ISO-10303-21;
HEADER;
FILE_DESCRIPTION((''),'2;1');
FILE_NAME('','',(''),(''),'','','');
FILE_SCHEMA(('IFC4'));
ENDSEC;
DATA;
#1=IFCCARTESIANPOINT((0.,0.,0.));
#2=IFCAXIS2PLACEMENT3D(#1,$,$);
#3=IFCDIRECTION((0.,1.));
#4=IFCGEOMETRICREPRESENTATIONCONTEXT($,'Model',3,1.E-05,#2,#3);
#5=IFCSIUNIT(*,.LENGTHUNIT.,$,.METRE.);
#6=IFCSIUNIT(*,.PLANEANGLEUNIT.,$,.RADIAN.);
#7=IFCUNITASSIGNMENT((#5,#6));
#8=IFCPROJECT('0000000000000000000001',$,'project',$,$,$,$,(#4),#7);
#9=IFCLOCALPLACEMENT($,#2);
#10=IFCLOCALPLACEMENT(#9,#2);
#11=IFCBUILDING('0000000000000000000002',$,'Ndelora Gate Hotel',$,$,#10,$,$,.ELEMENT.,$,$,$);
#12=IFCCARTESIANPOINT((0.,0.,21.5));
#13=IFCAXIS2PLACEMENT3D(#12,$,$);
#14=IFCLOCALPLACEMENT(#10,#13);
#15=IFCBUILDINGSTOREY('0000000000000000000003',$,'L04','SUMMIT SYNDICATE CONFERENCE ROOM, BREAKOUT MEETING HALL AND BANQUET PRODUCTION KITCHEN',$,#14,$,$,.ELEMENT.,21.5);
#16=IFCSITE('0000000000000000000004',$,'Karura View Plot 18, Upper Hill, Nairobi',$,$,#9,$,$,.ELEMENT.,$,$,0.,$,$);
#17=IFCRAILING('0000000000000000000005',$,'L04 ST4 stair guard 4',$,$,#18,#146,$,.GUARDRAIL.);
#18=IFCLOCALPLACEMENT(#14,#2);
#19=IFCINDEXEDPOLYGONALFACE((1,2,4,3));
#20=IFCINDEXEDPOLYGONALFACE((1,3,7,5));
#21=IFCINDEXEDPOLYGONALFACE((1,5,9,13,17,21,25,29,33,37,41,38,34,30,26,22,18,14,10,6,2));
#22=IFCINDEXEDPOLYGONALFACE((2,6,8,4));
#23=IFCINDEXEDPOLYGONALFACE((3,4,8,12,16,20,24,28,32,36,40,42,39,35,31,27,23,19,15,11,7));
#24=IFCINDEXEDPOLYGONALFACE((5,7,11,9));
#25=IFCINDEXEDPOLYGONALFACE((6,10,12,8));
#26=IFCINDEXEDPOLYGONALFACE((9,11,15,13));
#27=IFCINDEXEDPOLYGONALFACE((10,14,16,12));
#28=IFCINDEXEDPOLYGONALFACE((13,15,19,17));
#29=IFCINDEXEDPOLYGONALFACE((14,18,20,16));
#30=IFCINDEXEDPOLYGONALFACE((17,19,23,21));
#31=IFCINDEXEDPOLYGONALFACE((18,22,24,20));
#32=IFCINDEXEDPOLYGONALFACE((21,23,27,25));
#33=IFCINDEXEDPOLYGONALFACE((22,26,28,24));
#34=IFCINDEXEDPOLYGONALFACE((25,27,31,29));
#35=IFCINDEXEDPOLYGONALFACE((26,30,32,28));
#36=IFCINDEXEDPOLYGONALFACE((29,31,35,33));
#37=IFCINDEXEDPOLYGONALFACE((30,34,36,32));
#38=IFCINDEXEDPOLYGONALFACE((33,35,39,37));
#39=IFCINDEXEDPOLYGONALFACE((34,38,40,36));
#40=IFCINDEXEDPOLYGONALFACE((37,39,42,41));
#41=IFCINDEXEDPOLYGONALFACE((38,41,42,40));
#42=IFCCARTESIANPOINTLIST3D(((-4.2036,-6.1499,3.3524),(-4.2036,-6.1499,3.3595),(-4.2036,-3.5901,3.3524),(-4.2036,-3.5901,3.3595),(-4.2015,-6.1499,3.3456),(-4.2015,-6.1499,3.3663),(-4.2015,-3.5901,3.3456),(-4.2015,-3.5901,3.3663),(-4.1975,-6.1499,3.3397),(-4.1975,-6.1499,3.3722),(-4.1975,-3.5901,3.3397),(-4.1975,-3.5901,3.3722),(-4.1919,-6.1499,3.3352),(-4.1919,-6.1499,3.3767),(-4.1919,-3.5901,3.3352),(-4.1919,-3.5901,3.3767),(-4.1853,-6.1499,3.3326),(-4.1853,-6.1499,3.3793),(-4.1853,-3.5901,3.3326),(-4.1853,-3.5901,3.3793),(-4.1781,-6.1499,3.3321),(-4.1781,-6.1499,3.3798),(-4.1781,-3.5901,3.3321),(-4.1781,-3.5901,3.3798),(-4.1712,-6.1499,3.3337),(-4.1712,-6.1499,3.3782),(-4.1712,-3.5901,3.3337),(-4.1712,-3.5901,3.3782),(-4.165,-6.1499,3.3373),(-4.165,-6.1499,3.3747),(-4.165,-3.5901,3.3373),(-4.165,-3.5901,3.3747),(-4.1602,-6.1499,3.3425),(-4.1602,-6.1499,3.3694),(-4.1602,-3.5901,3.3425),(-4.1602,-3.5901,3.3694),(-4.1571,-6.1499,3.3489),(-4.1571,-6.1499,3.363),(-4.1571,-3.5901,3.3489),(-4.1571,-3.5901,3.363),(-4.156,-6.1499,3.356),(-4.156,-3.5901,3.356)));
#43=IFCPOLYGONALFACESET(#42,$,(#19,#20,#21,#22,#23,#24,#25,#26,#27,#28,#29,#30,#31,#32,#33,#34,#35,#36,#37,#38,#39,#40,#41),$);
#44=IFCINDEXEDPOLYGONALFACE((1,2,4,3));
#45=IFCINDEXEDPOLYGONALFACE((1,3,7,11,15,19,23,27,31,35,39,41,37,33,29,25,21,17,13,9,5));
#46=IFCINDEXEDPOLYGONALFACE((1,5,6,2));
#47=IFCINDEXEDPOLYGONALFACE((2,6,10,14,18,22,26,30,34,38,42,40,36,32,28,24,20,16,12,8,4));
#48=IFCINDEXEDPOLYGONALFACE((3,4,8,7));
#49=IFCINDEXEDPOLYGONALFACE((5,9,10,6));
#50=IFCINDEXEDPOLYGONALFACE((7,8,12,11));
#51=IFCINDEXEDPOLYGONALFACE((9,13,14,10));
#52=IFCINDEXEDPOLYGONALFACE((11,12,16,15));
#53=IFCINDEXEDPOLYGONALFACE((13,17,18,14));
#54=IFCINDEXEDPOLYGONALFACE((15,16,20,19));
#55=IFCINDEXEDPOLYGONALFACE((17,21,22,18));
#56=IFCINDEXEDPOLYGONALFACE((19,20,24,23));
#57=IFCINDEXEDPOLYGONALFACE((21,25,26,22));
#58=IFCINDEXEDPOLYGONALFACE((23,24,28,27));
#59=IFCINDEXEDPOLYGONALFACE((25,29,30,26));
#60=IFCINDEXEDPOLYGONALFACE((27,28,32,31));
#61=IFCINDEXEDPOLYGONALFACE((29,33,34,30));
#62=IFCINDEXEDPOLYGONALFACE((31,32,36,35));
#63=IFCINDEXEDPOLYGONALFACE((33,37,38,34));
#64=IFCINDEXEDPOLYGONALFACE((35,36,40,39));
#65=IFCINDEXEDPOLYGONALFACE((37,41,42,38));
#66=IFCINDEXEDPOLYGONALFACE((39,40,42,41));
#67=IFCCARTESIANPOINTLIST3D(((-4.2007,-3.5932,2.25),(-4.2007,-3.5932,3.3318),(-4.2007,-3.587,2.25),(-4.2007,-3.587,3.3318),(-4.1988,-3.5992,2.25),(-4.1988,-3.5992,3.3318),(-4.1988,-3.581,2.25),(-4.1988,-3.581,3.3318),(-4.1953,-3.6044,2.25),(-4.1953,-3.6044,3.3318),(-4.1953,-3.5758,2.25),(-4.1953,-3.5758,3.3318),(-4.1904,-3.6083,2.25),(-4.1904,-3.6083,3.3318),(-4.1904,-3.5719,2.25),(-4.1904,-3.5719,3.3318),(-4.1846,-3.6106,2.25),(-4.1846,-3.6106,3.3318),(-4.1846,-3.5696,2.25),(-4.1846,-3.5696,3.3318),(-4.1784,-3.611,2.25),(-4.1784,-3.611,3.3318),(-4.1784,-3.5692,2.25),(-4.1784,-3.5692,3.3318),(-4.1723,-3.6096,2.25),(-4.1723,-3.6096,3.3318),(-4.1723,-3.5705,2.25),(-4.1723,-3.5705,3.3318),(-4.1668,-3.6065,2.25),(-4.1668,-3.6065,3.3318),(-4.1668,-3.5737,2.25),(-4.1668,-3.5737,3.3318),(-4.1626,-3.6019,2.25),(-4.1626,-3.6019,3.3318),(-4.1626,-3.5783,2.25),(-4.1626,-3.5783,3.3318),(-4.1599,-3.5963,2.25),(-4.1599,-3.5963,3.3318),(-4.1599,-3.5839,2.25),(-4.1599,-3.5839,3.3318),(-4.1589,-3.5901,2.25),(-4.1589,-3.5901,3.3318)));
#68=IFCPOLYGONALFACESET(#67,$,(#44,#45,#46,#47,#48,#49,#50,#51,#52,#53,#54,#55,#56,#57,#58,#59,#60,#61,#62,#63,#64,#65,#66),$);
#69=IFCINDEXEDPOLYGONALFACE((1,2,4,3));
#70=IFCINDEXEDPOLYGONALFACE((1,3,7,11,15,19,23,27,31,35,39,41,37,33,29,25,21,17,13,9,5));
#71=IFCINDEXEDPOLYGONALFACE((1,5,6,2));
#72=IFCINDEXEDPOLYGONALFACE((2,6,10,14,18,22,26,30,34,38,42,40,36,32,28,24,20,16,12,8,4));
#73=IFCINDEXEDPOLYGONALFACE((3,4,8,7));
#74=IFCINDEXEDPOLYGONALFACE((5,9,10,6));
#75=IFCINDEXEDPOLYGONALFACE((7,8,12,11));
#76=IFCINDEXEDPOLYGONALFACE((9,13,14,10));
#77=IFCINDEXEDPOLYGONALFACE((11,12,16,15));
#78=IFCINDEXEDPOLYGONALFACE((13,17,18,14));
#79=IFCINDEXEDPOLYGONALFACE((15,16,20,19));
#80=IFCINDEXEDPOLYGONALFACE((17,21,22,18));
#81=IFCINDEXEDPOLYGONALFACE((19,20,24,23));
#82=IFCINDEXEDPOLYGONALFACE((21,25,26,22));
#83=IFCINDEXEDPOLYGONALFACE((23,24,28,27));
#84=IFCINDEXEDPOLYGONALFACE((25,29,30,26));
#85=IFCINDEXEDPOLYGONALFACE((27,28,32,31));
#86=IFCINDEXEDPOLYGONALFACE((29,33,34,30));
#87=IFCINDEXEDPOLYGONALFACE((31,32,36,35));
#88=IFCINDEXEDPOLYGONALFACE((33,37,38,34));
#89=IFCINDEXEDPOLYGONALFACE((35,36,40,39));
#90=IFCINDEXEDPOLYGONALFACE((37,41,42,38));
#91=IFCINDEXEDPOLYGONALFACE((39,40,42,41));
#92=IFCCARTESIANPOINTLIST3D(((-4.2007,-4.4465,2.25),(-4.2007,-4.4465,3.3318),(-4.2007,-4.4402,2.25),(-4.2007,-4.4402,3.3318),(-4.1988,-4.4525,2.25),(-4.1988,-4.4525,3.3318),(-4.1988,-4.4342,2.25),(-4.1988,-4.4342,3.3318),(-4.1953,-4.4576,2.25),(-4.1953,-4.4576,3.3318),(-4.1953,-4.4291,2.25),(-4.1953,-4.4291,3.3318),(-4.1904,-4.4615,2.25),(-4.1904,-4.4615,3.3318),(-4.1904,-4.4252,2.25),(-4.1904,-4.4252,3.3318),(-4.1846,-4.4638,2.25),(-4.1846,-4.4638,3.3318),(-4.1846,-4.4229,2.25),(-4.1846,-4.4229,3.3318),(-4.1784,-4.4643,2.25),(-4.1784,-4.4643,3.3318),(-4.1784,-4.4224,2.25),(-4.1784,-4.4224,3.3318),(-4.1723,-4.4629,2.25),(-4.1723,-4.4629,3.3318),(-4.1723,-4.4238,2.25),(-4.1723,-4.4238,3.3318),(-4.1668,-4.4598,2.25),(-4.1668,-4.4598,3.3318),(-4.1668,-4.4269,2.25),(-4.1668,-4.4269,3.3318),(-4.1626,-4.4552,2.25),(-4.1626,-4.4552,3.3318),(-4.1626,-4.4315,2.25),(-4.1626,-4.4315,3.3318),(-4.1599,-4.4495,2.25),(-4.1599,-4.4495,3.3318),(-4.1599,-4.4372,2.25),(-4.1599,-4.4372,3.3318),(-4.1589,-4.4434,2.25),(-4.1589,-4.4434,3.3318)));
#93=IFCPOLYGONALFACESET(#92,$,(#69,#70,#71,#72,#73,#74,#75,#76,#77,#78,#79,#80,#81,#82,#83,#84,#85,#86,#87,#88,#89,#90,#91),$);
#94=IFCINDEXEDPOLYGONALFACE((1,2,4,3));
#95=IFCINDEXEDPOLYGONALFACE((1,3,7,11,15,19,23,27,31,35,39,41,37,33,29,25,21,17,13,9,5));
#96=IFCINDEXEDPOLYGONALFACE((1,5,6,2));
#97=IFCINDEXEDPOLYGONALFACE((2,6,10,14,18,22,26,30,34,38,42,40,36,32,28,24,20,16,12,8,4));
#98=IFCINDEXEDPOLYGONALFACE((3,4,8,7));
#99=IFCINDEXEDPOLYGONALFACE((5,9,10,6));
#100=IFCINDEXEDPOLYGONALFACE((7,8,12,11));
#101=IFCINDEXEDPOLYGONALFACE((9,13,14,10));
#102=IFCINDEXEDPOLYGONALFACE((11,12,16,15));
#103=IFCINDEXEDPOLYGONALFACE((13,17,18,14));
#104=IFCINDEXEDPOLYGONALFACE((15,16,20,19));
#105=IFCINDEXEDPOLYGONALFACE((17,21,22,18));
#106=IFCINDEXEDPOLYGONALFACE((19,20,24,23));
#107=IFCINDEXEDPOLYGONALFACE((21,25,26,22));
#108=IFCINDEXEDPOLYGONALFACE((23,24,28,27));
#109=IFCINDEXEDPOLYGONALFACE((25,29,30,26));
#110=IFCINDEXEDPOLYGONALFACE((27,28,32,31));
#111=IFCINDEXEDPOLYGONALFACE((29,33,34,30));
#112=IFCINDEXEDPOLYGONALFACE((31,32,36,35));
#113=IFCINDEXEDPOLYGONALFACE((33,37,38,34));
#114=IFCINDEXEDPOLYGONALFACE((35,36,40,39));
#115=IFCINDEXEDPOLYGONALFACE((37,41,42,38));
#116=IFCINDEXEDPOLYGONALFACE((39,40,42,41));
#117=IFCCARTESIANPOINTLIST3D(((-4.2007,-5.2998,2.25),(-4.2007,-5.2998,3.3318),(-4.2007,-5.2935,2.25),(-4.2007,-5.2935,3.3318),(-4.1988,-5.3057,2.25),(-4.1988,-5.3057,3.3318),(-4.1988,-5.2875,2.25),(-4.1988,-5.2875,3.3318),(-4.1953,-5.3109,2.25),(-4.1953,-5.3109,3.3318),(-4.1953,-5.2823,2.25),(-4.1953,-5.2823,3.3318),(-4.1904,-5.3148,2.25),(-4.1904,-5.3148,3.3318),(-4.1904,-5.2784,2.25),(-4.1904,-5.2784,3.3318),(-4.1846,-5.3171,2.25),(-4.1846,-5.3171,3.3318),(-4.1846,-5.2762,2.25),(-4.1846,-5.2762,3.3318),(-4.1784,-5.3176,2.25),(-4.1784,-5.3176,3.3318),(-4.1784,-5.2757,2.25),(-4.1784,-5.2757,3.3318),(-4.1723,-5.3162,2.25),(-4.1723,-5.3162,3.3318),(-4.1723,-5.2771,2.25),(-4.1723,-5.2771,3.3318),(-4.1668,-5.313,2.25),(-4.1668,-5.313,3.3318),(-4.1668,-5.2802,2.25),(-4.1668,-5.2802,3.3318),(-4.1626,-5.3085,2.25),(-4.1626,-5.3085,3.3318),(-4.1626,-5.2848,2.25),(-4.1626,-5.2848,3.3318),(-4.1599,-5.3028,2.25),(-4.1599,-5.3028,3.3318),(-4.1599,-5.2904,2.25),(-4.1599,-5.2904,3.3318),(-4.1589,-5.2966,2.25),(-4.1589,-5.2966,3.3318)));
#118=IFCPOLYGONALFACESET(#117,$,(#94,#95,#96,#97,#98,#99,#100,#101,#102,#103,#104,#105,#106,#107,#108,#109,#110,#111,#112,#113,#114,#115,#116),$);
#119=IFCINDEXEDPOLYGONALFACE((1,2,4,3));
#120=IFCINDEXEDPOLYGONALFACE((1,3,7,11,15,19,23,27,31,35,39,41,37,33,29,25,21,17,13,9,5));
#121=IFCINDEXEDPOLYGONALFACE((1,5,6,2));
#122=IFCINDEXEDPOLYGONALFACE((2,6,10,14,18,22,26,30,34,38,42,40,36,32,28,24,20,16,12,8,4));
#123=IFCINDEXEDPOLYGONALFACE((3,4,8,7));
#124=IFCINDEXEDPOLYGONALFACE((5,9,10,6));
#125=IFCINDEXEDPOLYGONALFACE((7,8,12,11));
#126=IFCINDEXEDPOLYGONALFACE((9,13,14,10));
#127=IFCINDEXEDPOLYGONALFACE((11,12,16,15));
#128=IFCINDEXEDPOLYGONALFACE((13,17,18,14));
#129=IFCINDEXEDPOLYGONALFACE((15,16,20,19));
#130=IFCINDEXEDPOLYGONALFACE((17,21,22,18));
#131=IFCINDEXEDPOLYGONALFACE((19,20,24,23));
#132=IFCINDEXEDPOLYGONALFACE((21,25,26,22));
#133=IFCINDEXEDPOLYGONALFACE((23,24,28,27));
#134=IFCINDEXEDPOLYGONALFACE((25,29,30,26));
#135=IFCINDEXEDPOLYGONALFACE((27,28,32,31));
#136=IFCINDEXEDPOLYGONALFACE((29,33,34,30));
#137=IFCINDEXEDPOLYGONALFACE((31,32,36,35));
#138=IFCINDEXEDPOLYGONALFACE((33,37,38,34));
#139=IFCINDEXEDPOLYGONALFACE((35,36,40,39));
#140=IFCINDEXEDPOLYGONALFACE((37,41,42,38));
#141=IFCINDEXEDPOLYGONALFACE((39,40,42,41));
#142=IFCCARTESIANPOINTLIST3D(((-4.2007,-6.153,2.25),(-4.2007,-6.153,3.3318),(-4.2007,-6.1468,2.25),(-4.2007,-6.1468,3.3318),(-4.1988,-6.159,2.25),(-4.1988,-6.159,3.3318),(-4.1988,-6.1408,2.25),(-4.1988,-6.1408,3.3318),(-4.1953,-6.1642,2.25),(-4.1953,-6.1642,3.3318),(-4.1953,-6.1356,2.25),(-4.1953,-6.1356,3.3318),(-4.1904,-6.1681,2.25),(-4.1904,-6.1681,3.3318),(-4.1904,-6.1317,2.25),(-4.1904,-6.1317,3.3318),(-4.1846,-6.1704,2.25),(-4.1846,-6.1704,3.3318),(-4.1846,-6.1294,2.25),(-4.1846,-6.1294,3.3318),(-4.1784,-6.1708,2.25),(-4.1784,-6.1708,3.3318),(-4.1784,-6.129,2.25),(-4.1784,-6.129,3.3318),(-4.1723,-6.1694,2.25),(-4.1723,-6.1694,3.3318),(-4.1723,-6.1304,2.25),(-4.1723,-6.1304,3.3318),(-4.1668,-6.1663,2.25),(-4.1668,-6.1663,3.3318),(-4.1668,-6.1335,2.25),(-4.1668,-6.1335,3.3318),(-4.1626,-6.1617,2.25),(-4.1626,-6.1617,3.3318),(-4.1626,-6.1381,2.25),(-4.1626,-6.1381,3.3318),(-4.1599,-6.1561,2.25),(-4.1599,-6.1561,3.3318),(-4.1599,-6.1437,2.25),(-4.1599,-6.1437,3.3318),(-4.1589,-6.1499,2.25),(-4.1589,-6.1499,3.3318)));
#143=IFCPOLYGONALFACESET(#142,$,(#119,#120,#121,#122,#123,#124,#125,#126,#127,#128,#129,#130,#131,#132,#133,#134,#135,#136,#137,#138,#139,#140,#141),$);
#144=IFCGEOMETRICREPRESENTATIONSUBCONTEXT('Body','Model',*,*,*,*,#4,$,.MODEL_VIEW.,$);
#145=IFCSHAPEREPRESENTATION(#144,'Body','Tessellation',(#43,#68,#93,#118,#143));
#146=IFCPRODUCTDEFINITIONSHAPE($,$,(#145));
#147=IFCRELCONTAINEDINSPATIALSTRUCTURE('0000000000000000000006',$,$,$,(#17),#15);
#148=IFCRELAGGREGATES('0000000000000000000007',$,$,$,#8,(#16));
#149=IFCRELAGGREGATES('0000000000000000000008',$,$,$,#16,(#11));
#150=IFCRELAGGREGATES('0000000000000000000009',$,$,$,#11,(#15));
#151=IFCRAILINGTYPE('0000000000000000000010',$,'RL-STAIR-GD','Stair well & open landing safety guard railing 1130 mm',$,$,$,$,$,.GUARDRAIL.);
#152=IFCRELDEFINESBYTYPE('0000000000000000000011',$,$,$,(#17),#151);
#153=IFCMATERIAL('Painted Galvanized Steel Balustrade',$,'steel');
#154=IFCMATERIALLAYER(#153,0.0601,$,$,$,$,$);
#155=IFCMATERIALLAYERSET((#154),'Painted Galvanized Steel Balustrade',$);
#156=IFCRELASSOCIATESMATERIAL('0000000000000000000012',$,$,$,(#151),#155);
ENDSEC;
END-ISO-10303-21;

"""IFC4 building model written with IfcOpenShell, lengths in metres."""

from ifc_helpers import new_model, si_unit, direction, frame, origin, origin_2d, place, context, subcontext, project, spatial, circle, extrude, material, layer, layer_set, type_object, element, save


model = new_model("IFC4")

# Units and contexts
model_context = context("Model", 3, precision=1e-05, world=origin(), true_north=direction((0.0, 1.0)))
body_context = subcontext(model_context, "Body", "Model", "MODEL_VIEW")
ifc_project = project(units=[si_unit("LENGTHUNIT", "METRE"), si_unit("PLANEANGLEUNIT", "RADIAN")], contexts=[model_context])

# Site, building, storey
site_placement = place(None, origin())
site = spatial("IfcSite", under=ifc_project, at=site_placement, Name="Karura View Plot 18, Upper Hill, Nairobi", CompositionType="ELEMENT", RefElevation=0.0)
building_placement = place(site_placement, origin())
building = spatial("IfcBuilding", under=site, at=building_placement, Name="Ndelora Gate Hotel", CompositionType="ELEMENT")
storey_placement = place(building_placement, frame((0.0, 0.0, 21.5)))
storey = spatial("IfcBuildingStorey", under=building, at=storey_placement, Name="L04", Description="SUMMIT SYNDICATE CONFERENCE ROOM, BREAKOUT MEETING HALL AND BANQUET PRODUCTION KITCHEN", CompositionType="ELEMENT", Elevation=21.5)

# Railing
ifc_material_1 = material(Name="Painted Galvanized Steel Balustrade", Category="steel")
ifc_layer_1 = layer(ifc_material_1, 0.0601)
ifc_layer_set_1 = layer_set([ifc_layer_1], Name="Painted Galvanized Steel Balustrade")
railing_type_1 = type_object("IfcRailingType", Name="RL-STAIR-GD", Description="Stair well & open landing safety guard railing 1130 mm", PredefinedType="GUARDRAIL", material=ifc_layer_set_1)
railing_1_placement = place(storey_placement, frame((-4.1799, -3.5901, 2.25)))
element("IfcRailing", 1, at=railing_1_placement, inside=storey, type_object=railing_type_1, Name="L04 ST4 stair guard 4", PredefinedType="GUARDRAIL", context=body_context, shape_type="SweptSolid", body=[
    extrude(circle(Radius=0.0239, at=origin_2d()), frame((0.0, 0.0, 1.106), z_axis=(0.0, -1.0, 0.0), x_axis=(1.0, 0.0, 0.0)), (0.0, 0.0, 1.0), 2.5598),
    extrude(circle(Radius=0.021, at=origin_2d()), origin(), (0.0, 0.0, 1.0), 1.0818),
    extrude(circle(Radius=0.021, at=origin_2d()), frame((0.0, -0.8533, 0.0)), (0.0, 0.0, 1.0), 1.0818),
    extrude(circle(Radius=0.021, at=origin_2d()), frame((0.0, -1.7065, 0.0)), (0.0, 0.0, 1.0), 1.0818),
    extrude(circle(Radius=0.021, at=origin_2d()), frame((0.0, -2.5598, 0.0)), (0.0, 0.0, 1.0), 1.0818),
])

save(model, "model.ifc")
